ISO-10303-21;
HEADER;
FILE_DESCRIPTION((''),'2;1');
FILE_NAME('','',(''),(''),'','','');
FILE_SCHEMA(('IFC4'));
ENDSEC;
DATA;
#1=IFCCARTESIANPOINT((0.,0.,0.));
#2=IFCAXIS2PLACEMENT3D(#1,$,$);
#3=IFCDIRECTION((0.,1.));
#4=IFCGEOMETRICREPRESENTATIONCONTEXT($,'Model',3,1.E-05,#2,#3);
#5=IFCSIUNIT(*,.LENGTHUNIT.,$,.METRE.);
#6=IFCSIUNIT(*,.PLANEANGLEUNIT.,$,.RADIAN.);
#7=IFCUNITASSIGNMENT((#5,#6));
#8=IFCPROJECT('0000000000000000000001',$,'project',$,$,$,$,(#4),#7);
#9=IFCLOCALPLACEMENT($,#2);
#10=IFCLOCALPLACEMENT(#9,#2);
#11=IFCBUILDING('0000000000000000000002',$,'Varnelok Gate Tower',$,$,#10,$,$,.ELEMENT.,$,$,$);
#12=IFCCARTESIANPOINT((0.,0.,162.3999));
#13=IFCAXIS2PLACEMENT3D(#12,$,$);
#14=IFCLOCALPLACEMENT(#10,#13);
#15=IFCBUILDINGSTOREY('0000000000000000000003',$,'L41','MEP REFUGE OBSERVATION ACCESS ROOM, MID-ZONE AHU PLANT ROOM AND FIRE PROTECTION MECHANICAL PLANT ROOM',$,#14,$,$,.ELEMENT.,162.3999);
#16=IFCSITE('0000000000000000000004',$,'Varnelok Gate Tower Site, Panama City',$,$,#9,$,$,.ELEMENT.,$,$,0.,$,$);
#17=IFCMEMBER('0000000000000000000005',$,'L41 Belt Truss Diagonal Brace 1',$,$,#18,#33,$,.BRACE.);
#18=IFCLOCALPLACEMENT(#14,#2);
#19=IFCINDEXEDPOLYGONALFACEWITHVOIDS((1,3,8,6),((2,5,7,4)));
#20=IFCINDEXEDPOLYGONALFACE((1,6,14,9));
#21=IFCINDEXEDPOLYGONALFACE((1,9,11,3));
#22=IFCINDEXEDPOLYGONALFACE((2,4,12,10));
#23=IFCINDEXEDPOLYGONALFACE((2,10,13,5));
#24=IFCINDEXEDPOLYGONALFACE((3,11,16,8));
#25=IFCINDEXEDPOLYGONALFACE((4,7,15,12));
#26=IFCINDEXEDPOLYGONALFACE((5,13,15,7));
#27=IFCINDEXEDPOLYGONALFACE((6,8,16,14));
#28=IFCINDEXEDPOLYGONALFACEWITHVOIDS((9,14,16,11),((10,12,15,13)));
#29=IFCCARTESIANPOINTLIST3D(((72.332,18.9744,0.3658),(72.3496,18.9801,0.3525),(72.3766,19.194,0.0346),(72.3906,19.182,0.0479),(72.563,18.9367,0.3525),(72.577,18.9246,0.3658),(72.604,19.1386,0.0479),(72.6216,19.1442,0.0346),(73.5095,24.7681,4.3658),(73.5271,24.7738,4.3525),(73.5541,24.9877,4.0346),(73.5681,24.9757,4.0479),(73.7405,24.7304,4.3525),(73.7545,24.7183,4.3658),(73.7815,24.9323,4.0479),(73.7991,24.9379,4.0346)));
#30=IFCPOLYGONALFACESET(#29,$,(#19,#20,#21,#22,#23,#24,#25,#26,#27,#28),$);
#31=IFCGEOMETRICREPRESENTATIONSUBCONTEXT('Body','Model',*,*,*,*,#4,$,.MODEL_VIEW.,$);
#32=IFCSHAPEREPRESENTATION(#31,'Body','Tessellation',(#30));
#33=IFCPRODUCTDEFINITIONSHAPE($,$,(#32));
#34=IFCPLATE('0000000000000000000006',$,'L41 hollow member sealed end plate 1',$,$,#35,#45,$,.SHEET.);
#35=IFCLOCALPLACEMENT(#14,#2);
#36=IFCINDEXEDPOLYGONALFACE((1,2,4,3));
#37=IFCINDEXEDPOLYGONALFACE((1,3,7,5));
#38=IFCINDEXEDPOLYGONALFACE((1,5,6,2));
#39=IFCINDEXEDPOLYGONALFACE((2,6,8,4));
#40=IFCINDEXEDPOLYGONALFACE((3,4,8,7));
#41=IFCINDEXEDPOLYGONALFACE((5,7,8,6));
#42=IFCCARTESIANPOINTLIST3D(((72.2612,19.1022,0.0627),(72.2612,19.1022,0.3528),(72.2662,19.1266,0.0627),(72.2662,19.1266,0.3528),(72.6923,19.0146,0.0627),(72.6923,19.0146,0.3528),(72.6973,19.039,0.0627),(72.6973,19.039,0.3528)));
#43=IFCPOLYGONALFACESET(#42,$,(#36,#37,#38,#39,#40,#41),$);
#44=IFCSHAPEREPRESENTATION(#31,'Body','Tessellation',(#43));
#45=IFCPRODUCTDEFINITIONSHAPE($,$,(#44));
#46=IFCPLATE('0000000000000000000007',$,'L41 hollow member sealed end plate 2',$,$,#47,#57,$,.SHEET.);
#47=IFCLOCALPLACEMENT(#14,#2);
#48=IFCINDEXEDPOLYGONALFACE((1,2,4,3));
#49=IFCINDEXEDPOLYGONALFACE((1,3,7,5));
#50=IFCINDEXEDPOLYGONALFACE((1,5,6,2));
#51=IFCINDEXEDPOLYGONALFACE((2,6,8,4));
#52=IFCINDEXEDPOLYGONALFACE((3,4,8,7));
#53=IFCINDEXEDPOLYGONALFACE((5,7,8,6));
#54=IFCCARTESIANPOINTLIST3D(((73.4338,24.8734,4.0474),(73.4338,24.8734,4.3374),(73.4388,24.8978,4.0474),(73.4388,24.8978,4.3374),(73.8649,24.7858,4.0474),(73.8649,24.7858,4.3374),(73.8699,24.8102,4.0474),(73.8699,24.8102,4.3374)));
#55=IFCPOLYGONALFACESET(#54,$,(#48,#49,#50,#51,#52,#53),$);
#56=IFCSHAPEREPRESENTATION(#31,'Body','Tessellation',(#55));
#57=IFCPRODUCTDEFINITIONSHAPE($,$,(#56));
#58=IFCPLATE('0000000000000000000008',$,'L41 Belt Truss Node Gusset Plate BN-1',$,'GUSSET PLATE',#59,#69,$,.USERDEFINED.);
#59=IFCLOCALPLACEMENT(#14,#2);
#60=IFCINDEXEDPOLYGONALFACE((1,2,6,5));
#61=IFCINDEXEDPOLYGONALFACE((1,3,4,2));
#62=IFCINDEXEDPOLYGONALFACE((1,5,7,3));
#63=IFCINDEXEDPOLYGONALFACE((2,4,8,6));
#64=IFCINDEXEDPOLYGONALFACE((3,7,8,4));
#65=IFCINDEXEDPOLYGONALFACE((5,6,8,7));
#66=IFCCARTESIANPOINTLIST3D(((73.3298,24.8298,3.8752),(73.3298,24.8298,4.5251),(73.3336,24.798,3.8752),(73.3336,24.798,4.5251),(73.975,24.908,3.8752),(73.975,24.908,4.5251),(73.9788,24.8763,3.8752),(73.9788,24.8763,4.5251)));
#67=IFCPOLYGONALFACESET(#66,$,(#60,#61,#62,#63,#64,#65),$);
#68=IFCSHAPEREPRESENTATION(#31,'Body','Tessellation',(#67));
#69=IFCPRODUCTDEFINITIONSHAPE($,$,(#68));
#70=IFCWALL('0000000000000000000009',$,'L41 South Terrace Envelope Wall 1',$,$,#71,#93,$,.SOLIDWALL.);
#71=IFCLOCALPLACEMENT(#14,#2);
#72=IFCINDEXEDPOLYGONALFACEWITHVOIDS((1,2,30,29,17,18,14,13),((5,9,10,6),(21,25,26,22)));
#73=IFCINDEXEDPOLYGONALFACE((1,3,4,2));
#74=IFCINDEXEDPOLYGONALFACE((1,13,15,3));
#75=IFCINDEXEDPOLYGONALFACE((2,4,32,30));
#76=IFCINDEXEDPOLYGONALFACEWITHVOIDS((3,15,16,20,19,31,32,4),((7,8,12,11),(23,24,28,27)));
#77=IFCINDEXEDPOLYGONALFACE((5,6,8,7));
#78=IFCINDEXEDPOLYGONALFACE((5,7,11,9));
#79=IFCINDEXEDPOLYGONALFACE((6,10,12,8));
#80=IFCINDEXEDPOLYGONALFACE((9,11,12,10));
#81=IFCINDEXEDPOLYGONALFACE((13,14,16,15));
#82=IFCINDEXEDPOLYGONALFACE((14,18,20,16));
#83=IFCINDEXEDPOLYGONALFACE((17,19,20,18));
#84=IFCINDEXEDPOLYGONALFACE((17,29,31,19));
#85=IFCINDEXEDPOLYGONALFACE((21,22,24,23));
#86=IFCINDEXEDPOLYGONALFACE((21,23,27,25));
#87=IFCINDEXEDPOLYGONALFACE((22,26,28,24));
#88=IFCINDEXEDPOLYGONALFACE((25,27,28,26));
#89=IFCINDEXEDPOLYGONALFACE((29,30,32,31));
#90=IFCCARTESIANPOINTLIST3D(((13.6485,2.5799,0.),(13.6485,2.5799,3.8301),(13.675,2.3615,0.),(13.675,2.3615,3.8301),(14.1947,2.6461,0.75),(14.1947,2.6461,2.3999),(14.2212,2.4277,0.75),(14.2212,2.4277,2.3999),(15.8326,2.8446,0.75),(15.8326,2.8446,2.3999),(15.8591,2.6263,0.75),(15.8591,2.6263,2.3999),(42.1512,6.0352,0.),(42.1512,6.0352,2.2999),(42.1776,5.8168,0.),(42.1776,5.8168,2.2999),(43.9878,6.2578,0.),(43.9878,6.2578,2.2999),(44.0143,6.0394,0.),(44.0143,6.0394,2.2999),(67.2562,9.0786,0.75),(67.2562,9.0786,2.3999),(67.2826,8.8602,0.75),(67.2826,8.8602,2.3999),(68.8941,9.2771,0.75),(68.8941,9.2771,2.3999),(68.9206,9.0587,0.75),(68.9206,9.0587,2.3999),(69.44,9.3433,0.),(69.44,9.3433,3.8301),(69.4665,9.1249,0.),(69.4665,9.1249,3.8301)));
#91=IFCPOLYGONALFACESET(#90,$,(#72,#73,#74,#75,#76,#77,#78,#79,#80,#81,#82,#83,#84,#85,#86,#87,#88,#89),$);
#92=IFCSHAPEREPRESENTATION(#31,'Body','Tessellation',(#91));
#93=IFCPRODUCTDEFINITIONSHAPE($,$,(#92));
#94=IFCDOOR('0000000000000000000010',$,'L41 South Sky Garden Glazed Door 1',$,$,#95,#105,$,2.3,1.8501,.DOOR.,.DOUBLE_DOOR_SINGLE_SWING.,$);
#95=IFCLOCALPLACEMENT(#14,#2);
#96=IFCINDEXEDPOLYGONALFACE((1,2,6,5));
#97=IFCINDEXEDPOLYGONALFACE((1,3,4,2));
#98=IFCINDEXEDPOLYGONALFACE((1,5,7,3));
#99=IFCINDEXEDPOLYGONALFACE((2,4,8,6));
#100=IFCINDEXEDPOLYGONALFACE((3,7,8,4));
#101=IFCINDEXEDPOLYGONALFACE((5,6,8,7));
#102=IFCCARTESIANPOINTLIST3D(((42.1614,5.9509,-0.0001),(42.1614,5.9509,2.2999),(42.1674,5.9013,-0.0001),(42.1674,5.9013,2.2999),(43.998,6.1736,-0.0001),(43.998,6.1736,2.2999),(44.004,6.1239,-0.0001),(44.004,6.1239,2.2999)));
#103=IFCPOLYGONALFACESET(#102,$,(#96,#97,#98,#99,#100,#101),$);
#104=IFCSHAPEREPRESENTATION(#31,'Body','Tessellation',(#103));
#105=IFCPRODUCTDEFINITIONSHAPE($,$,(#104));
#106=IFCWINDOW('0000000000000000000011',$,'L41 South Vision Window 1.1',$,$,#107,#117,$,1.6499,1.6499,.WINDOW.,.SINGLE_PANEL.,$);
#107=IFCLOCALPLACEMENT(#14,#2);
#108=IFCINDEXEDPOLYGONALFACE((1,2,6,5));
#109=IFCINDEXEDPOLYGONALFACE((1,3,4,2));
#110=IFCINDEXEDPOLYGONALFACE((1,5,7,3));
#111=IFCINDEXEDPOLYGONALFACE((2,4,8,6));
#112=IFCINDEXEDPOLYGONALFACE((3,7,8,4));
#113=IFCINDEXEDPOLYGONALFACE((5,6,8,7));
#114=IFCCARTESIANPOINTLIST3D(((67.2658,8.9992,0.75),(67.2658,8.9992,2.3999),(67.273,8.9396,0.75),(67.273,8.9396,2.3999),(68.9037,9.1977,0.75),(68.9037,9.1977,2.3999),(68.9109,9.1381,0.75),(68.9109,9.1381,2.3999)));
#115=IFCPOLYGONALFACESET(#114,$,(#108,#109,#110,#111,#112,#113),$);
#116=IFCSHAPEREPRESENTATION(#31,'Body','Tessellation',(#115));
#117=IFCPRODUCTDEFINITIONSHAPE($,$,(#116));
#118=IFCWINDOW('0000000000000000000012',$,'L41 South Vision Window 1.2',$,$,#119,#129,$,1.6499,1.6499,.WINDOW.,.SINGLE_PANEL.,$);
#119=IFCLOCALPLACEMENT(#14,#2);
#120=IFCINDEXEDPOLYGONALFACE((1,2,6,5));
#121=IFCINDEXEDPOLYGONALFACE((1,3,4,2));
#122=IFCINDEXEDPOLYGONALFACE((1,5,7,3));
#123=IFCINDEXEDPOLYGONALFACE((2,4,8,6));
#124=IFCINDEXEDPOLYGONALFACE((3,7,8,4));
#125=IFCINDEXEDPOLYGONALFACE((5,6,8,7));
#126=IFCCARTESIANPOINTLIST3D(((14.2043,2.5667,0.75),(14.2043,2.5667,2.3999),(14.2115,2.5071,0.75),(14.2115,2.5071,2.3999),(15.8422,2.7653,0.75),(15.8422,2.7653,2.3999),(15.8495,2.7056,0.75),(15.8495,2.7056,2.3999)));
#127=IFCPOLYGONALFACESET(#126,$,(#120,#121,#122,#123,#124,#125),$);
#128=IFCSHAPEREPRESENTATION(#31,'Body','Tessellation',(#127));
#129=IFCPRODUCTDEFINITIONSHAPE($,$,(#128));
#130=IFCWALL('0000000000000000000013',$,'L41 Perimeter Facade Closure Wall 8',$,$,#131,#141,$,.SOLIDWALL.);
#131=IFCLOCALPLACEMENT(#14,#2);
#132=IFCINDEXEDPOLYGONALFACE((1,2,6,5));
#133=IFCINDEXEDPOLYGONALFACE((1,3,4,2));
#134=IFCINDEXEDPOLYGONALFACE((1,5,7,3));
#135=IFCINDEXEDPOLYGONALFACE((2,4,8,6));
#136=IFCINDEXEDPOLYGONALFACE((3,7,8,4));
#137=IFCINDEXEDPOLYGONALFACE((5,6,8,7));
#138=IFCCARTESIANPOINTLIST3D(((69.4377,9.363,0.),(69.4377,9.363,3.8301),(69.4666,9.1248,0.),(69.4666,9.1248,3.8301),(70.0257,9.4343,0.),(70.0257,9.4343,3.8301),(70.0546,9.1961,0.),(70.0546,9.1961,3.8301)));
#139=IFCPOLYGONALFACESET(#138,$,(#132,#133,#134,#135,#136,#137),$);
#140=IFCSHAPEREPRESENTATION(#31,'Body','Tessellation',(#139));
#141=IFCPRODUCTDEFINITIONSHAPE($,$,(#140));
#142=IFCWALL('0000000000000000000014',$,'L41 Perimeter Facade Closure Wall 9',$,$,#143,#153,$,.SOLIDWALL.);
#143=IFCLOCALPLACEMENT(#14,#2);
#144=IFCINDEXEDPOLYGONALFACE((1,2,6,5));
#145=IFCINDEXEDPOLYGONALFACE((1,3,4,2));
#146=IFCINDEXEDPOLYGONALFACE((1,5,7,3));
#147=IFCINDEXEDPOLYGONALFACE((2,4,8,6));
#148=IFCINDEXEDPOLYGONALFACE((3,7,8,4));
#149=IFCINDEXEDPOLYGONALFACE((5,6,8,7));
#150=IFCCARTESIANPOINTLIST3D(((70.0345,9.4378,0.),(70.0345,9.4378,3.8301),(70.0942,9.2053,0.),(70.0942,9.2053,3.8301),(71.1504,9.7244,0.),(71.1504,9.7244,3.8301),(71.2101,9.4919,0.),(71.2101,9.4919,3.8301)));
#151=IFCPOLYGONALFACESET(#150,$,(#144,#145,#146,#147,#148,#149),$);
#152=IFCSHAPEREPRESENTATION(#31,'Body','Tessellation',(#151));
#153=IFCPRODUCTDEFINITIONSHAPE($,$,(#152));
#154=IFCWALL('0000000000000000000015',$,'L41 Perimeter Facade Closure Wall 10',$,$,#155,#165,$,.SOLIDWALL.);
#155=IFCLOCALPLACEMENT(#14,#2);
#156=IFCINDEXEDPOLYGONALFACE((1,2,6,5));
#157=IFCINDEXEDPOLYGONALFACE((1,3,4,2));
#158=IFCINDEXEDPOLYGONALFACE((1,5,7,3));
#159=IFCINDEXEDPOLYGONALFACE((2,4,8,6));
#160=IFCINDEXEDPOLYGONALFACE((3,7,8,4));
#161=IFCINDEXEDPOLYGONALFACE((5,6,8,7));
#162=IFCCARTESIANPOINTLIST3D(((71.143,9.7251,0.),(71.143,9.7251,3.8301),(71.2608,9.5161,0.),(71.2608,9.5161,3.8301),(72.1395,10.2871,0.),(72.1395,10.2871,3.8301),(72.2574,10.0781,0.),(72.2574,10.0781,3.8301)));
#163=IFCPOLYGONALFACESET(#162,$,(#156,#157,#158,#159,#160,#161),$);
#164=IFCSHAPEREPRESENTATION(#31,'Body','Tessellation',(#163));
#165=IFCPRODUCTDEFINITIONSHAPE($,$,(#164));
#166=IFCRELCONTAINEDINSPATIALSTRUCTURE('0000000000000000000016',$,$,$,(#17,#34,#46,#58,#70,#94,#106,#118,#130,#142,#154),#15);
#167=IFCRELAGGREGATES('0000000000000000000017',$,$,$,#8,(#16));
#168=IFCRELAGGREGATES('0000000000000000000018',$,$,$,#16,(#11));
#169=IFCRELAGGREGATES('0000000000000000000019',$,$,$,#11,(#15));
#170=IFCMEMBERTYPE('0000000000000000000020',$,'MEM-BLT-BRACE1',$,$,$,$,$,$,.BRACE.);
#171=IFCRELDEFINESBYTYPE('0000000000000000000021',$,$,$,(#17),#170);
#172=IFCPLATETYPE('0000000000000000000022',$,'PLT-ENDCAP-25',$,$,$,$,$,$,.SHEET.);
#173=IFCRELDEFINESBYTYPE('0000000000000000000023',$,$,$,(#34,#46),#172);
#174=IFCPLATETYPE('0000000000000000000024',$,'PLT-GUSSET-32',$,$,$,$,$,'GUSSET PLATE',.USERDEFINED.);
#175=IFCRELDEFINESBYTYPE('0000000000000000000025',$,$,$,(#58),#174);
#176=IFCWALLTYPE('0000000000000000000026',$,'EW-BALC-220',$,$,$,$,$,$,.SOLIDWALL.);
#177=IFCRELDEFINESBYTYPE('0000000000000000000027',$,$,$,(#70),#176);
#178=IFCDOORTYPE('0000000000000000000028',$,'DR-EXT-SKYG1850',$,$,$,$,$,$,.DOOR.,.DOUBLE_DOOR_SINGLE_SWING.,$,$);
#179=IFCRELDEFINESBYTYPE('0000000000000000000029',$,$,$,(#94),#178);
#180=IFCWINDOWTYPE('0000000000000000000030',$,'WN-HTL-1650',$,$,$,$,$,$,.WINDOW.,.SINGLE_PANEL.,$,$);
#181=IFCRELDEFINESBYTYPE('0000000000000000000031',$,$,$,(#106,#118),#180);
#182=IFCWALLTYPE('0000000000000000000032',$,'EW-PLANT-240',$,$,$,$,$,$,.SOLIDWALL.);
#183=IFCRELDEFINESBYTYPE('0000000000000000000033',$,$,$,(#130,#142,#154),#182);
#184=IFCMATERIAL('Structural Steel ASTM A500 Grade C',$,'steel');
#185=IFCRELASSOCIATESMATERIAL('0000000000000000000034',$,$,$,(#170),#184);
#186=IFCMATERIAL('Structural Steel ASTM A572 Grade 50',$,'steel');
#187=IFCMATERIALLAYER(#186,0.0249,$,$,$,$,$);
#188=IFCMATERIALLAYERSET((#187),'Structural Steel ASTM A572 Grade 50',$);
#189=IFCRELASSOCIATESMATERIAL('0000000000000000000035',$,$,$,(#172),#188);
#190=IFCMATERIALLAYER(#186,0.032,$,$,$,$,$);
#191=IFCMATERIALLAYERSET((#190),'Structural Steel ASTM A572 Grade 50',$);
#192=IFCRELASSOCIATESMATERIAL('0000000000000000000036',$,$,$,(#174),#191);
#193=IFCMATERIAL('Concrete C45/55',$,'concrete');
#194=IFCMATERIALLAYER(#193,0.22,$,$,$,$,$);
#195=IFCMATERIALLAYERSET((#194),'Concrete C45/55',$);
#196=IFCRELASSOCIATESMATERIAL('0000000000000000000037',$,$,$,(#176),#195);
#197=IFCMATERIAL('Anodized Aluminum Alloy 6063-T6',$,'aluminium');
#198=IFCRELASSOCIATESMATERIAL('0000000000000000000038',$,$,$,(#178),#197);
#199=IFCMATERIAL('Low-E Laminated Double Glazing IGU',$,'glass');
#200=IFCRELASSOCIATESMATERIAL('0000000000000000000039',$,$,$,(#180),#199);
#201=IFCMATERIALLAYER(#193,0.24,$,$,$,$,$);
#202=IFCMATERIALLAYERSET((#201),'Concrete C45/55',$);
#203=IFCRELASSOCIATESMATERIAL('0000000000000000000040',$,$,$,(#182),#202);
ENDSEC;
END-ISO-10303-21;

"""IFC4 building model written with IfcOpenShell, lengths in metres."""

from ifc_helpers import new_model, si_unit, direction, frame, frame_2d, origin, origin_2d, place, context, subcontext, project, spatial, rectangle, hollow_rectangle, extrude, source, transform, mapped, material, layer, layer_set, material_profile, profile_set, type_object, element, fill, save


model = new_model("IFC4")

# Units and contexts
model_context = context("Model", 3, precision=1e-05, world=origin(), true_north=direction((0.0, 1.0)))
body_context = subcontext(model_context, "Body", "Model", "MODEL_VIEW")
ifc_project = project(units=[si_unit("LENGTHUNIT", "METRE"), si_unit("PLANEANGLEUNIT", "RADIAN")], contexts=[model_context])

# Site, building, storey
site_placement = place(None, origin())
site = spatial("IfcSite", under=ifc_project, at=site_placement, Name="Varnelok Gate Tower Site, Panama City", CompositionType="ELEMENT", RefElevation=0.0)
building_placement = place(site_placement, origin())
building = spatial("IfcBuilding", under=site, at=building_placement, Name="Varnelok Gate Tower", CompositionType="ELEMENT")
storey_placement = place(building_placement, frame((0.0, 0.0, 162.3999)))
storey = spatial("IfcBuildingStorey", under=building, at=storey_placement, Name="L41", Description="MEP REFUGE OBSERVATION ACCESS ROOM, MID-ZONE AHU PLANT ROOM AND FIRE PROTECTION MECHANICAL PLANT ROOM", CompositionType="ELEMENT", Elevation=162.3999)

# Shared definitions
ifc_material_1 = material(Name="Structural Steel ASTM A572 Grade 50", Category="steel")

# Member
ifc_material_2 = material(Name="Structural Steel ASTM A500 Grade C", Category="steel")
ifc_material_profile_1 = material_profile(ifc_material_2, hollow_rectangle(XDim=0.25, YDim=0.3999, WallThickness=0.0161, at=origin_2d()), Name="HSS400X250X16")
ifc_profile_set_1 = profile_set([ifc_material_profile_1], Name="Structural Steel ASTM A500 Grade C")
member_type = type_object("IfcMemberType", Name="MEM-BLT-BRACE1", PredefinedType="BRACE", material=ifc_profile_set_1)
member_placement = place(storey_placement, frame((72.4768, 19.0593, 0.2002), z_axis=(0.164957, 0.811651, 0.560368), x_axis=(-0.979966, 0.199165, 0.0)))
element("IfcMember", 1, at=member_placement, inside=storey, type_object=member_type, Name="L41 Belt Truss Diagonal Brace 1", PredefinedType="BRACE", context=body_context, shape_type="SweptSolid", body=[
    extrude(hollow_rectangle(XDim=0.25, YDim=0.3999, WallThickness=0.0161, at=origin_2d()), origin(), (0.0, 0.0, 1.0), 7.1382),
])

# Plates
ifc_layer_1 = layer(ifc_material_1, 0.0249)
ifc_layer_set_1 = layer_set([ifc_layer_1], Name="Structural Steel ASTM A572 Grade 50")
plate_type_1 = type_object("IfcPlateType", Name="PLT-ENDCAP-25", PredefinedType="SHEET", material=ifc_layer_set_1)
shared_shape_1 = source(origin(), body_context, "Body", "SweptSolid", [
    extrude(rectangle(XDim=0.0249, YDim=0.4399, at=origin_2d()), origin(), (0.0, 0.0, 1.0), 0.29),
])
for number, where, z_axis, x_axis, name in (
    (2, (72.4792, 19.0706, 0.0627), (0.0, 0.0, 1.0), (0.199128, 0.979973, 0.0), "L41 hollow member sealed end plate 1"),
    (3, (73.6519, 24.8418, 4.0474), (0.0, 0.0, 1.0), (0.199128, 0.979973, 0.0), "L41 hollow member sealed end plate 2"),
):
    element("IfcPlate", number, at=place(storey_placement, frame(where, z_axis=z_axis, x_axis=x_axis)), inside=storey, type_object=plate_type_1, Name=name, PredefinedType="SHEET", context=body_context, shape_type="MappedRepresentation", body=[
        mapped(shared_shape_1, transform((0.0, 0.0, 0.0), scale=1.0)),
    ])
ifc_layer_2 = layer(ifc_material_1, 0.032)
ifc_layer_set_2 = layer_set([ifc_layer_2], Name="Structural Steel ASTM A572 Grade 50")
plate_type_2 = type_object("IfcPlateType", Name="PLT-GUSSET-32", ElementType="GUSSET PLATE", PredefinedType="USERDEFINED", material=ifc_layer_set_2)
shared_shape_2 = source(origin(), body_context, "Body", "SweptSolid", [
    extrude(rectangle(XDim=0.6499, YDim=0.032, at=origin_2d()), origin(), (0.0, 0.0, 1.0), 0.6499),
])
plate_placement = place(storey_placement, frame((73.6543, 24.853, 3.8752), z_axis=(0.0, 0.0, 1.0), x_axis=(0.992732, 0.120345, 0.0)))
element("IfcPlate", 4, at=plate_placement, inside=storey, type_object=plate_type_2, Name="L41 Belt Truss Node Gusset Plate BN-1", ObjectType="GUSSET PLATE", PredefinedType="USERDEFINED", context=body_context, shape_type="MappedRepresentation", body=[
    mapped(shared_shape_2, transform((0.0, 0.0, 0.0), scale=1.0)),
])

# Wall, openings, door, windows
ifc_material_3 = material(Name="Concrete C45/55", Category="concrete")
ifc_layer_3 = layer(ifc_material_3, 0.22)
ifc_layer_set_3 = layer_set([ifc_layer_3], Name="Concrete C45/55")
wall_type_1 = type_object("IfcWallType", Name="EW-BALC-220", PredefinedType="SOLIDWALL", material=ifc_layer_set_3)
wall_1_placement = place(storey_placement, frame((69.4534, 9.2341, 0.0), z_axis=(0.0, 0.0, 1.0), x_axis=(-0.992732, -0.120346, 0.0)))
wall_1 = element("IfcWall", 5, at=wall_1_placement, inside=storey, type_object=wall_type_1, Name="L41 South Terrace Envelope Wall 1", PredefinedType="SOLIDWALL", context=body_context, shape_type="SweptSolid", body=[
    extrude(rectangle(XDim=56.2, YDim=0.22, at=frame_2d((28.1001, 0.0))), origin(), (0.0, 0.0, 1.0), 3.8301),
])
opening_1_placement = place(wall_1_placement, frame((25.6387, 0.0, 0.0)))
opening_1 = element("IfcOpeningElement", 6, at=opening_1_placement, cuts=wall_1, PredefinedType="OPENING", context=body_context, shape_type="SweptSolid", body=[
    extrude(rectangle(XDim=1.8501, YDim=2.3, at=frame_2d((0.925, 1.1499))), frame((0.0, 0.1199, 0.0), z_axis=(0.0, -1.0, 0.0), x_axis=(1.0, 0.0, 0.0)), (0.0, 0.0, 1.0), 0.24),
])
opening_2_placement = place(wall_1_placement, frame((0.55, 0.0, 0.75)))
opening_2 = element("IfcOpeningElement", 7, at=opening_2_placement, cuts=wall_1, PredefinedType="OPENING", context=body_context, shape_type="SweptSolid", body=[
    extrude(rectangle(XDim=1.6499, YDim=1.6499, at=frame_2d((0.825, 0.825))), frame((0.0, 0.1199, 0.0), z_axis=(0.0, -1.0, 0.0), x_axis=(1.0, 0.0, 0.0)), (0.0, 0.0, 1.0), 0.24),
])
opening_3_placement = place(wall_1_placement, frame((54.0, 0.0, 0.75)))
opening_3 = element("IfcOpeningElement", 8, at=opening_3_placement, cuts=wall_1, PredefinedType="OPENING", context=body_context, shape_type="SweptSolid", body=[
    extrude(rectangle(XDim=1.6499, YDim=1.6499, at=frame_2d((0.825, 0.825))), frame((0.0, 0.1199, 0.0), z_axis=(0.0, -1.0, 0.0), x_axis=(1.0, 0.0, 0.0)), (0.0, 0.0, 1.0), 0.24),
])
ifc_material_4 = material(Name="Anodized Aluminum Alloy 6063-T6", Category="aluminium")
door_type = type_object("IfcDoorType", Name="DR-EXT-SKYG1850", OperationType="DOUBLE_DOOR_SINGLE_SWING", PredefinedType="DOOR", material=ifc_material_4)
door_placement = place(opening_1_placement, origin())
door = element("IfcDoor", 9, at=door_placement, inside=storey, type_object=door_type, Name="L41 South Sky Garden Glazed Door 1", OperationType="DOUBLE_DOOR_SINGLE_SWING", OverallHeight=2.3, OverallWidth=1.8501, PredefinedType="DOOR", context=body_context, shape_type="SweptSolid", body=[
    extrude(rectangle(XDim=1.8501, YDim=2.3, at=frame_2d((0.925, 1.1499))), frame((0.0, 0.0249, 0.0), z_axis=(0.0, -1.0, 0.0), x_axis=(1.0, 0.0, 0.0)), (0.0, 0.0, 1.0), 0.05),
])
fill(opening_1, door)
ifc_material_5 = material(Name="Low-E Laminated Double Glazing IGU", Category="glass")
window_type = type_object("IfcWindowType", Name="WN-HTL-1650", PartitioningType="SINGLE_PANEL", PredefinedType="WINDOW", material=ifc_material_5)
window_1_placement = place(opening_2_placement, origin())
window_1 = element("IfcWindow", 10, at=window_1_placement, inside=storey, type_object=window_type, Name="L41 South Vision Window 1.1", OverallHeight=1.6499, OverallWidth=1.6499, PartitioningType="SINGLE_PANEL", PredefinedType="WINDOW", context=body_context, shape_type="SweptSolid", body=[
    extrude(rectangle(XDim=1.6499, YDim=1.6499, at=frame_2d((0.825, 0.825))), frame((0.0, 0.03, 0.0), z_axis=(0.0, -1.0, 0.0), x_axis=(1.0, 0.0, 0.0)), (0.0, 0.0, 1.0), 0.0601),
])
fill(opening_2, window_1)
window_2_placement = place(opening_3_placement, origin())
window_2 = element("IfcWindow", 11, at=window_2_placement, inside=storey, type_object=window_type, Name="L41 South Vision Window 1.2", OverallHeight=1.6499, OverallWidth=1.6499, PartitioningType="SINGLE_PANEL", PredefinedType="WINDOW", context=body_context, shape_type="SweptSolid", body=[
    extrude(rectangle(XDim=1.6499, YDim=1.6499, at=frame_2d((0.825, 0.825))), frame((0.0, 0.03, 0.0), z_axis=(0.0, -1.0, 0.0), x_axis=(1.0, 0.0, 0.0)), (0.0, 0.0, 1.0), 0.0601),
])
fill(opening_3, window_2)

# Walls
ifc_layer_4 = layer(ifc_material_3, 0.24)
ifc_layer_set_4 = layer_set([ifc_layer_4], Name="Concrete C45/55")
wall_type_2 = type_object("IfcWallType", Name="EW-PLANT-240", PredefinedType="SOLIDWALL", material=ifc_layer_set_4)
wall_2_placement = place(storey_placement, frame((69.4521, 9.2439, 0.0), z_axis=(0.0, 0.0, 1.0), x_axis=(0.992728, 0.120381, 0.0)))
element("IfcWall", 12, at=wall_2_placement, inside=storey, type_object=wall_type_2, Name="L41 Perimeter Facade Closure Wall 8", PredefinedType="SOLIDWALL", context=body_context, shape_type="SweptSolid", body=[
    extrude(rectangle(XDim=0.5923, YDim=0.24, at=frame_2d((0.2961, 0.0))), origin(), (0.0, 0.0, 1.0), 3.8301),
])
wall_3_placement = place(storey_placement, frame((70.0642, 9.3215, 0.0), z_axis=(0.0, 0.0, 1.0), x_axis=(0.968564, 0.248763, 0.0)))
element("IfcWall", 13, at=wall_3_placement, inside=storey, type_object=wall_type_2, Name="L41 Perimeter Facade Closure Wall 9", PredefinedType="SOLIDWALL", context=body_context, shape_type="SweptSolid", body=[
    extrude(rectangle(XDim=1.1521, YDim=0.24, at=frame_2d((0.5762, 0.0))), origin(), (0.0, 0.0, 1.0), 3.8301),
])
for number, where, z_axis, x_axis, name in (
    (14, (71.2019, 9.6206, 0.0), (0.0, 0.0, 1.0), (0.871039, 0.491213, 0.0), "L41 Perimeter Facade Closure Wall 10"),
):
    element("IfcWall", number, at=place(storey_placement, frame(where, z_axis=z_axis, x_axis=x_axis)), inside=storey, type_object=wall_type_2, Name=name, PredefinedType="SOLIDWALL", context=body_context, shape_type="SweptSolid", body=[
        extrude(rectangle(XDim=1.144, YDim=0.24, at=frame_2d((0.572, 0.0))), origin(), (0.0, 0.0, 1.0), 3.8301),
    ])

save(model, "model.ifc")
